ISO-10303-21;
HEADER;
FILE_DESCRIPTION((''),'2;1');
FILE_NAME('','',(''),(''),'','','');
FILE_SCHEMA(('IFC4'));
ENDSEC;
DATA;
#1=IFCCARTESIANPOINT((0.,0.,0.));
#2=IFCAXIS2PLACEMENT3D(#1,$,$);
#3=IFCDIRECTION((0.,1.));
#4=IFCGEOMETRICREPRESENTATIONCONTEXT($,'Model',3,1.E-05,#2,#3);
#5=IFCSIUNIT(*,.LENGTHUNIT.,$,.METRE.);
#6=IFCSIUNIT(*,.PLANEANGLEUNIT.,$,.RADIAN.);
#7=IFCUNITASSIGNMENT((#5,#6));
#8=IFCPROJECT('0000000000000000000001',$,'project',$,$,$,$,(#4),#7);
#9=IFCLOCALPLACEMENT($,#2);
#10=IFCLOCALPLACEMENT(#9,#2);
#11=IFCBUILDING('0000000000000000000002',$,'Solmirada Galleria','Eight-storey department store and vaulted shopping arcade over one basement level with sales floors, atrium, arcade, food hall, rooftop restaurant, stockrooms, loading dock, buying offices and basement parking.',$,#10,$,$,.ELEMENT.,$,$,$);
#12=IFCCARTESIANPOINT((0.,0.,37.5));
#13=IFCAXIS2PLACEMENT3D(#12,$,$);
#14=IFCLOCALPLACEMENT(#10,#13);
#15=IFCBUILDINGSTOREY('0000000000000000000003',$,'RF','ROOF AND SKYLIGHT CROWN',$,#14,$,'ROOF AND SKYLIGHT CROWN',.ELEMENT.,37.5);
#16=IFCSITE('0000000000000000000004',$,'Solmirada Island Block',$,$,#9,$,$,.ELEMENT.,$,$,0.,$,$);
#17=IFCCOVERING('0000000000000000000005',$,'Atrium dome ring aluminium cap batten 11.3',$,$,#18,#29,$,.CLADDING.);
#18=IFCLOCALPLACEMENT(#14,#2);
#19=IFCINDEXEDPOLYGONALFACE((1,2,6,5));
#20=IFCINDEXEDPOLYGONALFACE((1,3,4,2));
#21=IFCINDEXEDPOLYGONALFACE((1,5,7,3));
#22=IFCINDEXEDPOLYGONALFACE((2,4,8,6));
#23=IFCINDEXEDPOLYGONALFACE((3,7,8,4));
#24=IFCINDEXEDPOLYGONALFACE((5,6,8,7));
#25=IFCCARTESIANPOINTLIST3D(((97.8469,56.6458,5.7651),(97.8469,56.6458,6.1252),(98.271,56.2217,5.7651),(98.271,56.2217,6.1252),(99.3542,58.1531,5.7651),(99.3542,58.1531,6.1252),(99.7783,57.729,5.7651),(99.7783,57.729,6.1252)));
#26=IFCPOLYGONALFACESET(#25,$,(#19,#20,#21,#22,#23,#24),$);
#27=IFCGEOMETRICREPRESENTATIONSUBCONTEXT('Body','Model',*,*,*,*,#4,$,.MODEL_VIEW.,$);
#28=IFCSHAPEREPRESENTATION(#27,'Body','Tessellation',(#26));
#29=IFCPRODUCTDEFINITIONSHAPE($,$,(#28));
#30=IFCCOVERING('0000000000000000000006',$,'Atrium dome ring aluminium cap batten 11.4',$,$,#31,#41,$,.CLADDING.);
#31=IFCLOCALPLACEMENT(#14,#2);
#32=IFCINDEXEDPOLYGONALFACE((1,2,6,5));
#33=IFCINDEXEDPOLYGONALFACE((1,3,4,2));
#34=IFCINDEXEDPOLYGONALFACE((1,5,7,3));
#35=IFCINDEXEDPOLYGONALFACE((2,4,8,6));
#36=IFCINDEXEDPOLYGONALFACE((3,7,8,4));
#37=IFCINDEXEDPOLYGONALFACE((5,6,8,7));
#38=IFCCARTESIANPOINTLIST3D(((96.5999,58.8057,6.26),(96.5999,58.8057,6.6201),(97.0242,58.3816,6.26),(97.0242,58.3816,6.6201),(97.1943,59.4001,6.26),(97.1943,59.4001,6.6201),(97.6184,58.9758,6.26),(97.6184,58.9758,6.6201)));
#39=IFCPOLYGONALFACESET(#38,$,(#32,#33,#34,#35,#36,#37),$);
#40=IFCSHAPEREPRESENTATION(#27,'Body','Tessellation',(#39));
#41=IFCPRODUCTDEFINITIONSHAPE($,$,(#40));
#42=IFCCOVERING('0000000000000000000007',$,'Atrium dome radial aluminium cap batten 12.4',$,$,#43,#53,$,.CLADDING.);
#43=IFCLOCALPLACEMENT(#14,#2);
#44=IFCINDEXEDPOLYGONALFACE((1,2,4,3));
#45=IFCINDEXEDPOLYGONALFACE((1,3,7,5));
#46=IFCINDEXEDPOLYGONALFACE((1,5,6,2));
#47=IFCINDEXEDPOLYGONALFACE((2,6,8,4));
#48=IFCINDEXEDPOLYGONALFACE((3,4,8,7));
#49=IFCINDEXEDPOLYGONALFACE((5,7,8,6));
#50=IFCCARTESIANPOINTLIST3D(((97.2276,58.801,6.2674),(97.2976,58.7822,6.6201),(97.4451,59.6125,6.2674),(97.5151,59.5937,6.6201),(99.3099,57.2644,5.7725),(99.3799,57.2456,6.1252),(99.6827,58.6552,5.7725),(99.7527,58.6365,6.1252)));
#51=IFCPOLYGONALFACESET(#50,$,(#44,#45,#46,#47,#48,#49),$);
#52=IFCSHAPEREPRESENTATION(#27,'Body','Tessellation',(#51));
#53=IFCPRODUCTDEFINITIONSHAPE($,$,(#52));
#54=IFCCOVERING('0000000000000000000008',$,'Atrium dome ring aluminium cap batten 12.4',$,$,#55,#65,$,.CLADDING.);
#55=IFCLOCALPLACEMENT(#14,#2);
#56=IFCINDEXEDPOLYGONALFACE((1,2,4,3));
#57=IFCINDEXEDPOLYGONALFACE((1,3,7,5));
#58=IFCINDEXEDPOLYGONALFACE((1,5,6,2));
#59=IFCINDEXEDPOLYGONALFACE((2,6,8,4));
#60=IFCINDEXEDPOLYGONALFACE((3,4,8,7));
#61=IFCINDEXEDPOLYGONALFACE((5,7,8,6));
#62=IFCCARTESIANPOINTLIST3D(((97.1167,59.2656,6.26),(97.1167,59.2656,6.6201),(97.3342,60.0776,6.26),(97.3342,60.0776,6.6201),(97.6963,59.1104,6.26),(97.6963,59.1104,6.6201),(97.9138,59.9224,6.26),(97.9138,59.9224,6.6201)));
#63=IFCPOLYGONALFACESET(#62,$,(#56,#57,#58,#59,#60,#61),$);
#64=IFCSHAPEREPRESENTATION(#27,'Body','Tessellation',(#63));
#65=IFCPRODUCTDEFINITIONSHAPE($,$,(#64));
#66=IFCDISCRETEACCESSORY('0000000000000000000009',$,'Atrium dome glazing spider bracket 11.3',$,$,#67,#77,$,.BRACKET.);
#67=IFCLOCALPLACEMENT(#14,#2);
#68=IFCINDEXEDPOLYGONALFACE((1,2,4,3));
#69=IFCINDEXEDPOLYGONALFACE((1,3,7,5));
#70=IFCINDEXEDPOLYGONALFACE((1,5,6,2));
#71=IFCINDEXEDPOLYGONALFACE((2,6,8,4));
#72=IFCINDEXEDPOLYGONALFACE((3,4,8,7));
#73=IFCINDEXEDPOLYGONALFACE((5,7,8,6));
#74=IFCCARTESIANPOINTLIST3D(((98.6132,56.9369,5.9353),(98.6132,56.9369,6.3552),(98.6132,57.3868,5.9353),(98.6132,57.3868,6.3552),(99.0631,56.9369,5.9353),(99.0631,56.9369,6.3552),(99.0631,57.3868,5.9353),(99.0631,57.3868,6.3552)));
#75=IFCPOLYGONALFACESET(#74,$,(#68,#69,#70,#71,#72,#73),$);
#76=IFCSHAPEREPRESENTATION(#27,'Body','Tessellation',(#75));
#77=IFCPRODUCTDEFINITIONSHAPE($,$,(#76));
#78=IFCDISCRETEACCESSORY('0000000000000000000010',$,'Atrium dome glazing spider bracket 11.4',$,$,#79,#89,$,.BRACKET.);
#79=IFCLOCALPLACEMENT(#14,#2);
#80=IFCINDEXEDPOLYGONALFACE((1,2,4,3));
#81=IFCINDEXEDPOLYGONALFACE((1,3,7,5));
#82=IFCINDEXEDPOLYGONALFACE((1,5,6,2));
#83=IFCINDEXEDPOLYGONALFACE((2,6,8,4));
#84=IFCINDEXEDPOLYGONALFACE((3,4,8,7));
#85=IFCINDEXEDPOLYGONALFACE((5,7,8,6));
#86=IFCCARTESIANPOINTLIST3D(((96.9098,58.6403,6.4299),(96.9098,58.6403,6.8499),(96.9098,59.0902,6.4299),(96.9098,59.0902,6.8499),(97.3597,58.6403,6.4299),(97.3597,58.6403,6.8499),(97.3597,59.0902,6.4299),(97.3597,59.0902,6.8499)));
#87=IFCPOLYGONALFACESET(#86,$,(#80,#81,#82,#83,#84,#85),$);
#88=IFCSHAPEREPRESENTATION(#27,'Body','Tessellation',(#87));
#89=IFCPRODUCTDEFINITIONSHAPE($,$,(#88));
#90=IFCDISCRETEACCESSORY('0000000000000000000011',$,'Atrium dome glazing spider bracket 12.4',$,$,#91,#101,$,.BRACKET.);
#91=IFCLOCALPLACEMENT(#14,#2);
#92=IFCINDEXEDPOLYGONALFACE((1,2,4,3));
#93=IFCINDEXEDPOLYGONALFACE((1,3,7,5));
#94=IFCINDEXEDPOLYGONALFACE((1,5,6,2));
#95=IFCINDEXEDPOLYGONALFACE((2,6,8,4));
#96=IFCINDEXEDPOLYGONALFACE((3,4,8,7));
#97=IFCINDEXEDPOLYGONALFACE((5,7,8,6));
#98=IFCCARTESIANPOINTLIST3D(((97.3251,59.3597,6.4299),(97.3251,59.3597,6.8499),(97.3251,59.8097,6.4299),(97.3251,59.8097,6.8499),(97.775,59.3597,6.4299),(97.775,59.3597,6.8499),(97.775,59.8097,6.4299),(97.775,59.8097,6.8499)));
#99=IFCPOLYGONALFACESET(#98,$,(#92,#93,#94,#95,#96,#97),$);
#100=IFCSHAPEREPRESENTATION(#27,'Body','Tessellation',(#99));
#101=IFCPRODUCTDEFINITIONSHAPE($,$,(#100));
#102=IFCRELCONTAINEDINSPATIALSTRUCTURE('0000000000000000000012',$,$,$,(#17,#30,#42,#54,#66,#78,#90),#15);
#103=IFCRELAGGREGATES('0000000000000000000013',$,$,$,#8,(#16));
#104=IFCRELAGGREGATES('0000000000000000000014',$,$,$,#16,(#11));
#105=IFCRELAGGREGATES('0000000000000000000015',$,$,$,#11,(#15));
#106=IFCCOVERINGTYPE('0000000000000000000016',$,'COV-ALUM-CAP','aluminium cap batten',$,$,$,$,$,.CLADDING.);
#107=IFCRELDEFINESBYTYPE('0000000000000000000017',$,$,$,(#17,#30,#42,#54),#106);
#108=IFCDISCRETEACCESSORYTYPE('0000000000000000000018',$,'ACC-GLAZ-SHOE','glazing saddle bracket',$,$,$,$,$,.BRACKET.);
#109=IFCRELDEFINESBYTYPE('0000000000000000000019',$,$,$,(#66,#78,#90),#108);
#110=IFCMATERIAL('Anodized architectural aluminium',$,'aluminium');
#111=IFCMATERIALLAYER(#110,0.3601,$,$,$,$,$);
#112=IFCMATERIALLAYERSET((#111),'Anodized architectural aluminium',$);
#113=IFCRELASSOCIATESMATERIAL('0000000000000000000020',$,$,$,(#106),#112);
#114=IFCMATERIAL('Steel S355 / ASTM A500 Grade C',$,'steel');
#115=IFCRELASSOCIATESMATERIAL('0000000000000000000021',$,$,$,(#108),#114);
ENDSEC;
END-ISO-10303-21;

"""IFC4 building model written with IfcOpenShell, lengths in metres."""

from ifc_helpers import new_model, si_unit, direction, frame, origin, origin_2d, place, context, subcontext, project, spatial, polyline, rectangle, outline, extrude, material, layer, layer_set, type_object, element, save


model = new_model("IFC4")

# Units and contexts
model_context = context("Model", 3, precision=1e-05, world=origin(), true_north=direction((0.0, 1.0)))
body_context = subcontext(model_context, "Body", "Model", "MODEL_VIEW")
ifc_project = project(units=[si_unit("LENGTHUNIT", "METRE"), si_unit("PLANEANGLEUNIT", "RADIAN")], contexts=[model_context])

# Site, building, storey
site_placement = place(None, origin())
site = spatial("IfcSite", under=ifc_project, at=site_placement, Name="Solmirada Island Block", CompositionType="ELEMENT", RefElevation=0.0)
building_placement = place(site_placement, origin())
building = spatial("IfcBuilding", under=site, at=building_placement, Name="Solmirada Galleria", Description="Eight-storey department store and vaulted shopping arcade over one basement level with sales floors, atrium, arcade, food hall, rooftop restaurant, stockrooms, loading dock, buying offices and basement parking.", CompositionType="ELEMENT")
storey_placement = place(building_placement, frame((0.0, 0.0, 37.5)))
storey = spatial("IfcBuildingStorey", under=building, at=storey_placement, Name="RF", Description="ROOF AND SKYLIGHT CROWN", LongName="ROOF AND SKYLIGHT CROWN", CompositionType="ELEMENT", Elevation=37.5)

# Shared definitions
ifc_material_1 = material(Name="Steel S355 / ASTM A500 Grade C", Category="steel")

# Coverings
ifc_material_2 = material(Name="Anodized architectural aluminium", Category="aluminium")
ifc_layer_1 = layer(ifc_material_2, 0.3601)
ifc_layer_set_1 = layer_set([ifc_layer_1], Name="Anodized architectural aluminium")
covering_type = type_object("IfcCoveringType", Name="COV-ALUM-CAP", Description="aluminium cap batten", PredefinedType="CLADDING", material=ifc_layer_set_1)
covering_1_placement = place(storey_placement, frame((98.271, 56.2217, 6.1252), z_axis=(0.0, 0.0, 1.0), x_axis=(-0.707107, 0.707107, 0.0)))
element("IfcCovering", 1, at=covering_1_placement, inside=storey, type_object=covering_type, Name="Atrium dome ring aluminium cap batten 11.3", PredefinedType="CLADDING", context=body_context, shape_type="SweptSolid", body=[
    extrude(outline(polyline([(0.0, 0.0), (0.5997, 0.0), (0.5997, -2.1317), (0.0, -2.1317), (0.0, 0.0)])), origin(), (0.0, 0.0, -1.0), 0.3601),
])
covering_2_placement = place(storey_placement, frame((97.0242, 58.3816, 6.6201), z_axis=(0.0, 0.0, 1.0), x_axis=(-0.70731, 0.706903, 0.0)))
element("IfcCovering", 2, at=covering_2_placement, inside=storey, type_object=covering_type, Name="Atrium dome ring aluminium cap batten 11.4", PredefinedType="CLADDING", context=body_context, shape_type="SweptSolid", body=[
    extrude(outline(polyline([(0.0, 0.0), (0.5999, 0.0), (0.5997, -0.8407), (-0.0002, -0.8404), (0.0, 0.0)])), origin(), (0.0, 0.0, -1.0), 0.3601),
])
covering_3_placement = place(storey_placement, frame((99.3799, 57.2456, 6.1252), z_axis=(0.194356, -0.052095, 0.979547), x_axis=(0.258897, 0.965905, 0.000001)))
element("IfcCovering", 3, at=covering_3_placement, inside=storey, type_object=covering_type, Name="Atrium dome radial aluminium cap batten 12.4", PredefinedType="CLADDING", context=body_context, shape_type="SweptSolid", body=[
    extrude(outline(polyline([(0.0, 0.0), (1.44, 0.0), (1.7853, 2.4594), (0.9451, 2.4594), (0.0, 0.0)])), origin(), (0.0, 0.0, -1.0), 0.3601),
])
covering_4_placement = place(storey_placement, frame((97.6963, 59.1104, 6.6201), z_axis=(0.0, 0.0, 1.0), x_axis=(-0.965937, 0.258777, 0.0)))
element("IfcCovering", 4, at=covering_4_placement, inside=storey, type_object=covering_type, Name="Atrium dome ring aluminium cap batten 12.4", PredefinedType="CLADDING", context=body_context, shape_type="SweptSolid", body=[
    extrude(outline(polyline([(0.0, 0.0), (0.6, 0.0), (0.6, -0.8406), (0.0, -0.8406), (0.0, 0.0)])), origin(), (0.0, 0.0, -1.0), 0.3601),
])

# Discrete accessories
discrete_accessory_type = type_object("IfcDiscreteAccessoryType", Name="ACC-GLAZ-SHOE", Description="glazing saddle bracket", PredefinedType="BRACKET", material=ifc_material_1)
for number, where, z_axis, x_axis, name in (
    (5, (98.8381, 57.1619, 5.9353), (0.0, 0.0, 1.0), (1.0, 0.0, 0.0), "Atrium dome glazing spider bracket 11.3"),
    (6, (97.1348, 58.8652, 6.4299), (0.0, 0.0, 1.0), (1.0, 0.0, 0.0), "Atrium dome glazing spider bracket 11.4"),
    (7, (97.55, 59.5847, 6.4299), (0.0, 0.0, 1.0), (1.0, 0.0, 0.0), "Atrium dome glazing spider bracket 12.4"),
):
    element("IfcDiscreteAccessory", number, at=place(storey_placement, frame(where, z_axis=z_axis, x_axis=x_axis)), inside=storey, type_object=discrete_accessory_type, Name=name, PredefinedType="BRACKET", context=body_context, shape_type="SweptSolid", body=[
        extrude(rectangle(XDim=0.45, YDim=0.45, at=origin_2d()), origin(), (0.0, 0.0, 1.0), 0.4199),
    ])

save(model, "model.ifc")
